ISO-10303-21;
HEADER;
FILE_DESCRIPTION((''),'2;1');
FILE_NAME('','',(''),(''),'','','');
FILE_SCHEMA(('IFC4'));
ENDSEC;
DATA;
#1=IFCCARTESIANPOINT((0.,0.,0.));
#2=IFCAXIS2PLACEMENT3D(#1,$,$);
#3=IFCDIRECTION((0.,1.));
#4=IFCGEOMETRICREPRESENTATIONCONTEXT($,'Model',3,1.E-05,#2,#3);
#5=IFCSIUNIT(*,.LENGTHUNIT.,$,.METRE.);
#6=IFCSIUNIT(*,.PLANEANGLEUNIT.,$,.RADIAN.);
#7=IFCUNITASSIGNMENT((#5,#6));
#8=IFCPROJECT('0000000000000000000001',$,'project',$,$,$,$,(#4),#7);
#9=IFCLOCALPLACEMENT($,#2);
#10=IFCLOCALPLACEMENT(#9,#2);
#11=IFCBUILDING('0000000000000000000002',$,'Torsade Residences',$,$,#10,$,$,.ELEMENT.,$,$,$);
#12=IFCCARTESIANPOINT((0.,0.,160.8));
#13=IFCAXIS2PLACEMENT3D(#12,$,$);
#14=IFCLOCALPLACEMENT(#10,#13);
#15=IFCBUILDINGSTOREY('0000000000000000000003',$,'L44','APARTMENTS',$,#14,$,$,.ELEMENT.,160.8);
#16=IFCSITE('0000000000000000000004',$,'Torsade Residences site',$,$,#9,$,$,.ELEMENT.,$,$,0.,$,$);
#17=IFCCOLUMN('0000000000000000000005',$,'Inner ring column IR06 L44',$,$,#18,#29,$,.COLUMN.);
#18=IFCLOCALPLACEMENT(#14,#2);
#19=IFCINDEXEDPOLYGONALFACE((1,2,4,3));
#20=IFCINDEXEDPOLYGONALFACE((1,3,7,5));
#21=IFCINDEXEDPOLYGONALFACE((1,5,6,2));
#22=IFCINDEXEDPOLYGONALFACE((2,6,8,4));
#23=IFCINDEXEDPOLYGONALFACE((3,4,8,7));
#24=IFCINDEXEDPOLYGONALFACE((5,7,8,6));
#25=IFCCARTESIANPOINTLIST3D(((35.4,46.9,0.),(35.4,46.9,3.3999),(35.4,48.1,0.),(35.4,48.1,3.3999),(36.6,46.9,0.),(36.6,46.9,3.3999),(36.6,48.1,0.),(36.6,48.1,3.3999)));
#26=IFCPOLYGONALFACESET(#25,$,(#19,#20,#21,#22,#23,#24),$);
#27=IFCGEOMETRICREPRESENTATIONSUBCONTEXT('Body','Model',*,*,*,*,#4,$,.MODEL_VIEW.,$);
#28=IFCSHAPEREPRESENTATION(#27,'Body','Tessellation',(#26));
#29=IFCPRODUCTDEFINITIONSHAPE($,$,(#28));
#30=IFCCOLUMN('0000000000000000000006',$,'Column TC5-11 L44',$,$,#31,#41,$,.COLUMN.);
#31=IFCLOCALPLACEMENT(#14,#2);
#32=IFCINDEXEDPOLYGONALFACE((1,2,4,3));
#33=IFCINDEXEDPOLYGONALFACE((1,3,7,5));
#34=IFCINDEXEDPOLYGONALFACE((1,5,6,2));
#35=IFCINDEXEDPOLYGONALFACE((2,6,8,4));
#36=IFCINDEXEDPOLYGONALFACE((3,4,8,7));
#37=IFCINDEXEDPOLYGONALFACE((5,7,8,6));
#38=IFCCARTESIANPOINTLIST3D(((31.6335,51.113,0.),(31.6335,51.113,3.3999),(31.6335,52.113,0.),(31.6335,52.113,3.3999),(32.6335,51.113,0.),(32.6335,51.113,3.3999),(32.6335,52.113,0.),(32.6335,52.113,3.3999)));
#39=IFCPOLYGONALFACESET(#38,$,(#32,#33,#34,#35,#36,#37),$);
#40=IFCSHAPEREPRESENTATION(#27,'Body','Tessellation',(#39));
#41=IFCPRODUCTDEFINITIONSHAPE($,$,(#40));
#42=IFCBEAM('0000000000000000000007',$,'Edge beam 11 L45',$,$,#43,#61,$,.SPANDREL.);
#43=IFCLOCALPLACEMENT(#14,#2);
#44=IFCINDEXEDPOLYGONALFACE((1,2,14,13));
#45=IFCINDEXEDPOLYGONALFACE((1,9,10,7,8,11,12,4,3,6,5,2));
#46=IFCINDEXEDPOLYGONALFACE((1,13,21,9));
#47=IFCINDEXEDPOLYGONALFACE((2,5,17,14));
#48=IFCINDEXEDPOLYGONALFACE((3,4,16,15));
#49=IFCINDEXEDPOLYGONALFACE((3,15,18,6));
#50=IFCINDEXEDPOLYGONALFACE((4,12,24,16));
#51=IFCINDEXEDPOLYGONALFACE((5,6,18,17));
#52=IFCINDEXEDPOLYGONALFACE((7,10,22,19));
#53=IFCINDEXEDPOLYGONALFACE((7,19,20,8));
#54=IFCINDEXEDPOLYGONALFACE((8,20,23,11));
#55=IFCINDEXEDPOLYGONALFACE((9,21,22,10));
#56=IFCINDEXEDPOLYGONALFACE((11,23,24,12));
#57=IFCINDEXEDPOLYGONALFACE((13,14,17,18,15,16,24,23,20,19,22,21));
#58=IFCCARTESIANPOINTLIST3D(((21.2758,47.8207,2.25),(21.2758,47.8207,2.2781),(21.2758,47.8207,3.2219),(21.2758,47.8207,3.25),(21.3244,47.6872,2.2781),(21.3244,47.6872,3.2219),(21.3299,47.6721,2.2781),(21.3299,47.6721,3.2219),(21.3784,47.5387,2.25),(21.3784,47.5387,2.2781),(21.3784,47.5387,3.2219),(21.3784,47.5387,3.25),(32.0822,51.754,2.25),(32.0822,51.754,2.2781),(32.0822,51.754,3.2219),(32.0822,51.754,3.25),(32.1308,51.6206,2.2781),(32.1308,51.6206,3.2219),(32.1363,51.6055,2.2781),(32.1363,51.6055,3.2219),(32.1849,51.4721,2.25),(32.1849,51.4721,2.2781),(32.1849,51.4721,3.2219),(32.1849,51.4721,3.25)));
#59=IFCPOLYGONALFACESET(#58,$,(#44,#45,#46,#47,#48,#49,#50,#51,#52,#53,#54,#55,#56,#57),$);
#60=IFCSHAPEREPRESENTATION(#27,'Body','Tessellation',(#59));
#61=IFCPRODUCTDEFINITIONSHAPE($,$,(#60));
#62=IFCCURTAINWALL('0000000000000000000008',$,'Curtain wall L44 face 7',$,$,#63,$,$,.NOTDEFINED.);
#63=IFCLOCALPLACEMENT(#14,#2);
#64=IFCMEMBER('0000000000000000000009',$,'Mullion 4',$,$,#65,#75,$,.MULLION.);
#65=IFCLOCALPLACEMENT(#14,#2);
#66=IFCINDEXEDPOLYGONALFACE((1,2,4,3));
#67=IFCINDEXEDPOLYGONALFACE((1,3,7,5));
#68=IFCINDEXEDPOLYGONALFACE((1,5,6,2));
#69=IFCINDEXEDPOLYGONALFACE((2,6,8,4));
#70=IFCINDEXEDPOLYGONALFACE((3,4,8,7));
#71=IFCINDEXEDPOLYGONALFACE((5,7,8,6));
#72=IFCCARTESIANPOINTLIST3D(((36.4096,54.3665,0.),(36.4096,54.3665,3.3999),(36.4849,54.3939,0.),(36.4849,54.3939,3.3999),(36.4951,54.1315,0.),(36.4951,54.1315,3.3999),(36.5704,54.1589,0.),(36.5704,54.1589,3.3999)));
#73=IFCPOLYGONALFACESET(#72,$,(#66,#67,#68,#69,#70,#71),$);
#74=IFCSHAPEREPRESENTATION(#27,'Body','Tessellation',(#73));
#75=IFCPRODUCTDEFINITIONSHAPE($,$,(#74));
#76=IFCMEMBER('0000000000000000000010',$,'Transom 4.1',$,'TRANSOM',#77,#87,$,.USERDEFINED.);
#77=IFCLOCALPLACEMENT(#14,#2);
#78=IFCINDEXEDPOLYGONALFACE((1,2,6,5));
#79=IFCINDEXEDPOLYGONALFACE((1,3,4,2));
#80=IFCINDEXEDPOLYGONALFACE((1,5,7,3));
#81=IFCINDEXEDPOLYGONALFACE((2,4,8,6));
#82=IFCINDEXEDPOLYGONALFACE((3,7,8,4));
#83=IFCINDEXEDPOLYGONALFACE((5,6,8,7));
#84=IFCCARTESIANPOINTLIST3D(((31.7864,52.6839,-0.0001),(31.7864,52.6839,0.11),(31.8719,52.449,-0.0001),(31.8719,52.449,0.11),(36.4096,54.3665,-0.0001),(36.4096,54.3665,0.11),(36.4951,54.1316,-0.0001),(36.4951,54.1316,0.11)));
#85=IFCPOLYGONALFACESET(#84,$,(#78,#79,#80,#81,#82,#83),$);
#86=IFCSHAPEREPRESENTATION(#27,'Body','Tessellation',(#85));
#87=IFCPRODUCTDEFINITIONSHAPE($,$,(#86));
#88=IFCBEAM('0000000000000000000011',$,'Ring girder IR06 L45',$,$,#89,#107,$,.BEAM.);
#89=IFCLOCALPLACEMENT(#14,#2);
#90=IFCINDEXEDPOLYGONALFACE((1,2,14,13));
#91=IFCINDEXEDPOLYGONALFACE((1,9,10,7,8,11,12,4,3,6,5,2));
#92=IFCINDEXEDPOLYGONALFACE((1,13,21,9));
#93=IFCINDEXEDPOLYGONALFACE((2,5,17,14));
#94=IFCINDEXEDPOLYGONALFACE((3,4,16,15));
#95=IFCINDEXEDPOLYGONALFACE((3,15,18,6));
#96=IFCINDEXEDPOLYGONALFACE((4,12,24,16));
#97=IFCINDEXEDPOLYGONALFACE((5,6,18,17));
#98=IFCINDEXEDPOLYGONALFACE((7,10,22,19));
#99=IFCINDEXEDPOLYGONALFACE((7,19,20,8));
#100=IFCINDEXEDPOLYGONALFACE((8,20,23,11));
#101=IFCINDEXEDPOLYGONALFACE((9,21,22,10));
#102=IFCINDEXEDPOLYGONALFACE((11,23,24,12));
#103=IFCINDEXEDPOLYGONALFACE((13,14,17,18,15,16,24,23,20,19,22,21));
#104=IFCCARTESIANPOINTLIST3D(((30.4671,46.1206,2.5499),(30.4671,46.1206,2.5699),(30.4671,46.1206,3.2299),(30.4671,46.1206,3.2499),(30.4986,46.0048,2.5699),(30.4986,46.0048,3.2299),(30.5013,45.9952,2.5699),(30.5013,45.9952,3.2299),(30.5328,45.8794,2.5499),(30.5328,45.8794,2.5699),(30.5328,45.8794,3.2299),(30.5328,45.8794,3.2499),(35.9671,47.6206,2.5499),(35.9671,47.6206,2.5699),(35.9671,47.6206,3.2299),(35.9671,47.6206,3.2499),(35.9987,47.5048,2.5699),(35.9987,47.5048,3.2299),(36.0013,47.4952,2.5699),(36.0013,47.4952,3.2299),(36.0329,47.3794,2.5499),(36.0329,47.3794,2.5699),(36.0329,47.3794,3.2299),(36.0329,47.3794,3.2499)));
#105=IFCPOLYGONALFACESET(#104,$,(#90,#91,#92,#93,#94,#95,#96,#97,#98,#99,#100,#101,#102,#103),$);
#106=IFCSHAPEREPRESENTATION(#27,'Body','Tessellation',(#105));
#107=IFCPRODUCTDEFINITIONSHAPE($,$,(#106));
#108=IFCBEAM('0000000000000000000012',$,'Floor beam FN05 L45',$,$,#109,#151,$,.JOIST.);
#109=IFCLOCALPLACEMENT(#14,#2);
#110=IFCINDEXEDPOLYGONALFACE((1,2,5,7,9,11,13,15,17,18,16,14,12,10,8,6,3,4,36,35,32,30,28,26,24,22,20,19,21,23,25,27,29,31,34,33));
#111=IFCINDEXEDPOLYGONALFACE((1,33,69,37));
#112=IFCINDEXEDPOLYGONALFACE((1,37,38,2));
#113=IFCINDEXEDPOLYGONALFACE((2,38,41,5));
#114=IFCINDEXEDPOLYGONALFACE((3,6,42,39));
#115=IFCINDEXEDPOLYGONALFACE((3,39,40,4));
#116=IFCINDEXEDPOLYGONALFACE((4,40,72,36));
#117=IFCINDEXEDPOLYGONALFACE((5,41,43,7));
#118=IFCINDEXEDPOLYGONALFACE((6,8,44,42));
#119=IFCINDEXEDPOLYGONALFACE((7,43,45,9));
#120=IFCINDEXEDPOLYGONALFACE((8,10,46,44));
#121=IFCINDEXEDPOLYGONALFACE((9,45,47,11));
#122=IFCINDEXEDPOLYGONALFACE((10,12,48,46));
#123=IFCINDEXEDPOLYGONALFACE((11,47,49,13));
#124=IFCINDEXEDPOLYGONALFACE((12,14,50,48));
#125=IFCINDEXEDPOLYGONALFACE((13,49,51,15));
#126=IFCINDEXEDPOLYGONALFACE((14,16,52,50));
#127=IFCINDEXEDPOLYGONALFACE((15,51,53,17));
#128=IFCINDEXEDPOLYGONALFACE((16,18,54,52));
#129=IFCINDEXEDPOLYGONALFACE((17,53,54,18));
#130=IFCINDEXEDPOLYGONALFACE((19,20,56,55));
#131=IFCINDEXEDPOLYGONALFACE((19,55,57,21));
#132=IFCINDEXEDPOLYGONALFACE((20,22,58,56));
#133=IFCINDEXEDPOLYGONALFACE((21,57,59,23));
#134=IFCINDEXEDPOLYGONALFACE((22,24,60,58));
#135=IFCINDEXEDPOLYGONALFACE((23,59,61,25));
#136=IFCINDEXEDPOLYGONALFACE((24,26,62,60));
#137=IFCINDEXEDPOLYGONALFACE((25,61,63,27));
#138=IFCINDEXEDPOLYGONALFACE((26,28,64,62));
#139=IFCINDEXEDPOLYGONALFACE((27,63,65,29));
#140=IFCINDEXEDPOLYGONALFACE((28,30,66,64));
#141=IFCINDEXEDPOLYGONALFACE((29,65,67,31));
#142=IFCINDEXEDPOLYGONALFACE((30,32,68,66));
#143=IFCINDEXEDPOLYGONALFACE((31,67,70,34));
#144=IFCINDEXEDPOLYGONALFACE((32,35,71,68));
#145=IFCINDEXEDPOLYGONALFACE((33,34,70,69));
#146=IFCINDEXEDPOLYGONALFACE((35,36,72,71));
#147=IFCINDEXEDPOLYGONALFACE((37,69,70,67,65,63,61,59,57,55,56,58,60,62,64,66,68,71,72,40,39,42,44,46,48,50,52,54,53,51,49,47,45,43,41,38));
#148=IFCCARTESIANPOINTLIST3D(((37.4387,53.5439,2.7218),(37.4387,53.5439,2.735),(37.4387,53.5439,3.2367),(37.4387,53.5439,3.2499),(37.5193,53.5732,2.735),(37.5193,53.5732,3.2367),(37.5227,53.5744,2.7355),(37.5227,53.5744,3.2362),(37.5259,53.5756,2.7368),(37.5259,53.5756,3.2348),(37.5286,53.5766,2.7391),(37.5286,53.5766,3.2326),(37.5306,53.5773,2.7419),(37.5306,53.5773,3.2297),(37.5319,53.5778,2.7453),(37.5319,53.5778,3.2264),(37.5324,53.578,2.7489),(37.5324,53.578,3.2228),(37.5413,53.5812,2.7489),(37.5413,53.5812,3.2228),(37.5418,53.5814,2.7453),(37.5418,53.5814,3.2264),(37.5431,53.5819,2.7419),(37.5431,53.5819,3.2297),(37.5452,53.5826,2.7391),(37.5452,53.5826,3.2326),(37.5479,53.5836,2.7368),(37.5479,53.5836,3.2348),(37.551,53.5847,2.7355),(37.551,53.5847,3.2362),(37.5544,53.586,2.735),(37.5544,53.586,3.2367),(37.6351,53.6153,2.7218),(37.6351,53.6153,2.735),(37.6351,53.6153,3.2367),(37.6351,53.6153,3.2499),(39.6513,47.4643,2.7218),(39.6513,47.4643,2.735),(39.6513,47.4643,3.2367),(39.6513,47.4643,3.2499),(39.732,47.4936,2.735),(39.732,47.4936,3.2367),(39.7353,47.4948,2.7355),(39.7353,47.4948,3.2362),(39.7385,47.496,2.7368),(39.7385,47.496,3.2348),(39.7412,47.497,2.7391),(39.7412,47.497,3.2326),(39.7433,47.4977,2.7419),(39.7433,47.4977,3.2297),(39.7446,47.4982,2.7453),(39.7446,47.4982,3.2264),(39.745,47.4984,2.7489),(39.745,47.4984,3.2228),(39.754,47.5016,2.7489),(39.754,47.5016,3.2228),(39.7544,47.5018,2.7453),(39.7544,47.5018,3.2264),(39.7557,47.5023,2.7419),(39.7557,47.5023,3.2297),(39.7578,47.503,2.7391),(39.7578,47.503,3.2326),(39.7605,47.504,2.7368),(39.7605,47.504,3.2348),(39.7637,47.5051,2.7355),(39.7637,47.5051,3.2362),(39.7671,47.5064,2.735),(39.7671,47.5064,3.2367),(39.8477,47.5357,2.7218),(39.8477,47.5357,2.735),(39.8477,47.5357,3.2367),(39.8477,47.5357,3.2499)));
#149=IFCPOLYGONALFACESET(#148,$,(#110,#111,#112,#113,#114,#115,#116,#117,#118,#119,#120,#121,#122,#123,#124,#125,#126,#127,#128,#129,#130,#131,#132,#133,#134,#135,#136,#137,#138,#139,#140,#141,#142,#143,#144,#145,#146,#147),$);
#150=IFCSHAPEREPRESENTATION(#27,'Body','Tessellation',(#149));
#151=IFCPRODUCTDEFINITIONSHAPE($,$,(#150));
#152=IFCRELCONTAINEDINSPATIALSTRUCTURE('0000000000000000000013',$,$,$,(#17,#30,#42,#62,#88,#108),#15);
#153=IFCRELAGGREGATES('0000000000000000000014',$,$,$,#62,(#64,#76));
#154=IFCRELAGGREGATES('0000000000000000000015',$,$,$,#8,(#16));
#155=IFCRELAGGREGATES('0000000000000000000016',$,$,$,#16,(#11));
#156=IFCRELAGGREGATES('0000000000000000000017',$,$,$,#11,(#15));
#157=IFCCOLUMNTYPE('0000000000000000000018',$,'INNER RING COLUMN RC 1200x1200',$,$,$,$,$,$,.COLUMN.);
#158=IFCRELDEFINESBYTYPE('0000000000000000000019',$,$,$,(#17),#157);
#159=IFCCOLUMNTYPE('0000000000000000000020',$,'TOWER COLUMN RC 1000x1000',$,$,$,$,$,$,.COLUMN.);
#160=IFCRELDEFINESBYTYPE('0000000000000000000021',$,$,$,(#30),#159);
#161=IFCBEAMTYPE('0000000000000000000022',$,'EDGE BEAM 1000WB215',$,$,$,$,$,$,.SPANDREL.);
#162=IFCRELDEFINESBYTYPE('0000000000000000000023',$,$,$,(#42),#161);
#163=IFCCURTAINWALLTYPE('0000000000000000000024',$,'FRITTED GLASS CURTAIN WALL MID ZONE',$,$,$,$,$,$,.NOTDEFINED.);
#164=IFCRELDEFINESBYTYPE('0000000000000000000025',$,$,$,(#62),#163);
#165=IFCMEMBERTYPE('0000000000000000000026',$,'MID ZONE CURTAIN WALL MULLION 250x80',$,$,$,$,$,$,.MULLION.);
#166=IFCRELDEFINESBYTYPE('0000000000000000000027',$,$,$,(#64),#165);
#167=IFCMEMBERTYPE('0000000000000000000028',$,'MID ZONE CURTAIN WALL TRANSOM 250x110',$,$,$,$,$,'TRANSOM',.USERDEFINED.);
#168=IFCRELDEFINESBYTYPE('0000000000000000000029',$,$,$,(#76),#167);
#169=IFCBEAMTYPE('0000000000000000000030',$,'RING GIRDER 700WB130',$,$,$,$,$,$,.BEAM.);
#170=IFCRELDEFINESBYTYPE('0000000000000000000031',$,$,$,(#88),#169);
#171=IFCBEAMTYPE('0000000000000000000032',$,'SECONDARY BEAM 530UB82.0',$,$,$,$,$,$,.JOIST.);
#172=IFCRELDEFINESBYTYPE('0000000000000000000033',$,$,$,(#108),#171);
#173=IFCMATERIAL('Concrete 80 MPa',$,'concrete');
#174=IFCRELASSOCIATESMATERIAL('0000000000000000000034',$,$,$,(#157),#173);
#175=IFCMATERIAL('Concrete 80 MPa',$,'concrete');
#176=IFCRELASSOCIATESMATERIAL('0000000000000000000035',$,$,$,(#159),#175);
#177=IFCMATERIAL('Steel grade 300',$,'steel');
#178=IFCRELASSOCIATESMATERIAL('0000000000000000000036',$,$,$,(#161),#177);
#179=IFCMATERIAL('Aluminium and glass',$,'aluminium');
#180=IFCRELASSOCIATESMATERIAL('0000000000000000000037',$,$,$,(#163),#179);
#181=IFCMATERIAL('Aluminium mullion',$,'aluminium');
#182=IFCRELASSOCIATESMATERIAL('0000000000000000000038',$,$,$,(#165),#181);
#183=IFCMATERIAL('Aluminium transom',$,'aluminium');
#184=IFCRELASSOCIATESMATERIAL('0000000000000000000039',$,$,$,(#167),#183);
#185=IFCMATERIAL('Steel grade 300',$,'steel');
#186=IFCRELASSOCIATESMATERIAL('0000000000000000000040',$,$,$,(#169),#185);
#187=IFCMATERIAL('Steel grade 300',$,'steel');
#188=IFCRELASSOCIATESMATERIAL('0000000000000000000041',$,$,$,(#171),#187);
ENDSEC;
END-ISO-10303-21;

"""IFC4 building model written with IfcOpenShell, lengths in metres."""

from ifc_helpers import new_model, si_unit, direction, frame, origin, origin_2d, place, context, subcontext, project, spatial, rectangle, i_section, extrude, material, material_profile, profile_set, type_object, element, aggregate, save


model = new_model("IFC4")

# Units and contexts
model_context = context("Model", 3, precision=1e-05, world=origin(), true_north=direction((0.0, 1.0)))
body_context = subcontext(model_context, "Body", "Model", "MODEL_VIEW")
ifc_project = project(units=[si_unit("LENGTHUNIT", "METRE"), si_unit("PLANEANGLEUNIT", "RADIAN")], contexts=[model_context])

# Site, building, storey
site_placement = place(None, origin())
site = spatial("IfcSite", under=ifc_project, at=site_placement, Name="Torsade Residences site", CompositionType="ELEMENT", RefElevation=0.0)
building_placement = place(site_placement, origin())
building = spatial("IfcBuilding", under=site, at=building_placement, Name="Torsade Residences", CompositionType="ELEMENT")
storey_placement = place(building_placement, frame((0.0, 0.0, 160.8)))
storey = spatial("IfcBuildingStorey", under=building, at=storey_placement, Name="L44", Description="APARTMENTS", CompositionType="ELEMENT", Elevation=160.8)

# Columns
ifc_material_1 = material(Name="Concrete 80 MPa", Category="concrete")
ifc_material_profile_1 = material_profile(ifc_material_1, rectangle(XDim=1.2, YDim=1.2, at=origin_2d()), Name="RC 1200x1200")
ifc_profile_set_1 = profile_set([ifc_material_profile_1], Name="Concrete 80 MPa")
column_type_1 = type_object("IfcColumnType", Name="INNER RING COLUMN RC 1200x1200", PredefinedType="COLUMN", material=ifc_profile_set_1)
column_1_placement = place(storey_placement, frame((36.0, 47.5, 0.0), z_axis=(0.0, 0.0, 1.0), x_axis=(1.0, 0.0, 0.0)))
element("IfcColumn", 1, at=column_1_placement, inside=storey, type_object=column_type_1, Name="Inner ring column IR06 L44", PredefinedType="COLUMN", context=body_context, shape_type="SweptSolid", body=[
    extrude(rectangle(XDim=1.2, YDim=1.2, at=origin_2d()), origin(), (0.0, 0.0, 1.0), 3.3999),
])
ifc_material_2 = material(Name="Concrete 80 MPa", Category="concrete")
ifc_material_profile_2 = material_profile(ifc_material_2, rectangle(XDim=1.0, YDim=1.0, at=origin_2d()), Name="RC 1000x1000")
ifc_profile_set_2 = profile_set([ifc_material_profile_2], Name="Concrete 80 MPa")
column_type_2 = type_object("IfcColumnType", Name="TOWER COLUMN RC 1000x1000", PredefinedType="COLUMN", material=ifc_profile_set_2)
column_2_placement = place(storey_placement, frame((32.1335, 51.613, 0.0), z_axis=(0.0, 0.0, 1.0), x_axis=(1.0, 0.0, 0.0)))
element("IfcColumn", 2, at=column_2_placement, inside=storey, type_object=column_type_2, Name="Column TC5-11 L44", PredefinedType="COLUMN", context=body_context, shape_type="SweptSolid", body=[
    extrude(rectangle(XDim=1.0, YDim=1.0, at=origin_2d()), origin(), (0.0, 0.0, 1.0), 3.3999),
])

# Beam
ifc_material_3 = material(Name="Steel grade 300", Category="steel")
ifc_material_profile_3 = material_profile(ifc_material_3, i_section(OverallWidth=0.3, OverallDepth=1.0, WebThickness=0.0161, FlangeThickness=0.0281, at=origin_2d()), Name="1000WB215")
ifc_profile_set_3 = profile_set([ifc_material_profile_3], Name="Steel grade 300")
beam_type_1 = type_object("IfcBeamType", Name="EDGE BEAM 1000WB215", PredefinedType="SPANDREL", material=ifc_profile_set_3)
beam_1_placement = place(storey_placement, frame((32.1335, 51.613, 2.75), z_axis=(-0.939689, -0.342031, 0.0), x_axis=(0.342031, -0.939689, 0.0)))
element("IfcBeam", 3, at=beam_1_placement, inside=storey, type_object=beam_type_1, Name="Edge beam 11 L45", PredefinedType="SPANDREL", context=body_context, shape_type="SweptSolid", body=[
    extrude(i_section(OverallWidth=0.3, OverallDepth=1.0, WebThickness=0.0161, FlangeThickness=0.0281, at=origin_2d()), origin(), (0.0, 0.0, 1.0), 11.5),
])

# Curtain wall, members
ifc_material_4 = material(Name="Aluminium and glass", Category="aluminium")
curtain_wall_type = type_object("IfcCurtainWallType", Name="FRITTED GLASS CURTAIN WALL MID ZONE", PredefinedType="NOTDEFINED", material=ifc_material_4)
curtain_wall_placement = place(storey_placement, origin())
curtain_wall = element("IfcCurtainWall", 4, at=curtain_wall_placement, inside=storey, type_object=curtain_wall_type, Name="Curtain wall L44 face 7", PredefinedType="NOTDEFINED")
ifc_material_5 = material(Name="Aluminium mullion", Category="aluminium")
ifc_material_profile_4 = material_profile(ifc_material_5, rectangle(XDim=0.25, YDim=0.0801, at=origin_2d()), Name="MID ZONE CURTAIN WALL MULLION 250x80")
ifc_profile_set_4 = profile_set([ifc_material_profile_4], Name="Aluminium mullion")
member_type_1 = type_object("IfcMemberType", Name="MID ZONE CURTAIN WALL MULLION 250x80", PredefinedType="MULLION", material=ifc_profile_set_4)
member_1_placement = place(storey_placement, frame((36.49, 54.2627, 0.0), z_axis=(0.0, 0.0, 1.0), x_axis=(0.34202, -0.939693, 0.0)))
member_1 = element("IfcMember", 5, at=member_1_placement, type_object=member_type_1, Name="Mullion 4", PredefinedType="MULLION", context=body_context, shape_type="SweptSolid", body=[
    extrude(rectangle(XDim=0.25, YDim=0.0801, at=origin_2d()), origin(), (0.0, 0.0, 1.0), 3.3999),
])
ifc_material_6 = material(Name="Aluminium transom", Category="aluminium")
ifc_material_profile_5 = material_profile(ifc_material_6, rectangle(XDim=0.25, YDim=0.1101, at=origin_2d()), Name="MID ZONE CURTAIN WALL TRANSOM 250x110")
ifc_profile_set_5 = profile_set([ifc_material_profile_5], Name="Aluminium transom")
member_type_2 = type_object("IfcMemberType", Name="MID ZONE CURTAIN WALL TRANSOM 250x110", ElementType="TRANSOM", PredefinedType="USERDEFINED", material=ifc_profile_set_5)
member_2_placement = place(storey_placement, frame((36.4524, 54.249, 0.0549), z_axis=(-0.939701, -0.341998, 0.0), x_axis=(0.341998, -0.939701, 0.0)))
member_2 = element("IfcMember", 6, at=member_2_placement, type_object=member_type_2, Name="Transom 4.1", ObjectType="TRANSOM", PredefinedType="USERDEFINED", context=body_context, shape_type="SweptSolid", body=[
    extrude(rectangle(XDim=0.25, YDim=0.1101, at=origin_2d()), origin(), (0.0, 0.0, 1.0), 4.9199),
])

# Beams
ifc_material_7 = material(Name="Steel grade 300", Category="steel")
ifc_material_profile_6 = material_profile(ifc_material_7, i_section(OverallWidth=0.25, OverallDepth=0.7, WebThickness=0.01, FlangeThickness=0.02, at=origin_2d()), Name="700WB130")
ifc_profile_set_6 = profile_set([ifc_material_profile_6], Name="Steel grade 300")
beam_type_2 = type_object("IfcBeamType", Name="RING GIRDER 700WB130", PredefinedType="BEAM", material=ifc_profile_set_6)
beam_2_placement = place(storey_placement, frame((36.0, 47.5, 2.8999), z_axis=(-0.964764, -0.263117, 0.0), x_axis=(0.263117, -0.964764, 0.0)))
element("IfcBeam", 7, at=beam_2_placement, inside=storey, type_object=beam_type_2, Name="Ring girder IR06 L45", PredefinedType="BEAM", context=body_context, shape_type="SweptSolid", body=[
    extrude(i_section(OverallWidth=0.25, OverallDepth=0.7, WebThickness=0.01, FlangeThickness=0.02, at=origin_2d()), origin(), (0.0, 0.0, 1.0), 5.7009),
])
ifc_material_8 = material(Name="Steel grade 300", Category="steel")
ifc_material_profile_7 = material_profile(ifc_material_8, i_section(OverallWidth=0.209, OverallDepth=0.5281, WebThickness=0.0095, FlangeThickness=0.0132, FilletRadius=0.0139, at=origin_2d()), Name="530UB82.0")
ifc_profile_set_7 = profile_set([ifc_material_profile_7], Name="Steel grade 300")
beam_type_3 = type_object("IfcBeamType", Name="SECONDARY BEAM 530UB82.0", PredefinedType="JOIST", material=ifc_profile_set_7)
beam_3_placement = place(storey_placement, frame((37.5369, 53.5796, 2.9858), z_axis=(0.342001, -0.9397, 0.0), x_axis=(0.9397, 0.342001, 0.0)))
element("IfcBeam", 8, at=beam_3_placement, inside=storey, type_object=beam_type_3, Name="Floor beam FN05 L45", PredefinedType="JOIST", context=body_context, shape_type="SweptSolid", body=[
    extrude(i_section(OverallWidth=0.209, OverallDepth=0.5281, WebThickness=0.0095, FlangeThickness=0.0132, FilletRadius=0.0139, at=origin_2d()), origin(), (0.0, 0.0, 1.0), 6.4697),
])

aggregate(curtain_wall, [member_1, member_2])

save(model, "model.ifc")
